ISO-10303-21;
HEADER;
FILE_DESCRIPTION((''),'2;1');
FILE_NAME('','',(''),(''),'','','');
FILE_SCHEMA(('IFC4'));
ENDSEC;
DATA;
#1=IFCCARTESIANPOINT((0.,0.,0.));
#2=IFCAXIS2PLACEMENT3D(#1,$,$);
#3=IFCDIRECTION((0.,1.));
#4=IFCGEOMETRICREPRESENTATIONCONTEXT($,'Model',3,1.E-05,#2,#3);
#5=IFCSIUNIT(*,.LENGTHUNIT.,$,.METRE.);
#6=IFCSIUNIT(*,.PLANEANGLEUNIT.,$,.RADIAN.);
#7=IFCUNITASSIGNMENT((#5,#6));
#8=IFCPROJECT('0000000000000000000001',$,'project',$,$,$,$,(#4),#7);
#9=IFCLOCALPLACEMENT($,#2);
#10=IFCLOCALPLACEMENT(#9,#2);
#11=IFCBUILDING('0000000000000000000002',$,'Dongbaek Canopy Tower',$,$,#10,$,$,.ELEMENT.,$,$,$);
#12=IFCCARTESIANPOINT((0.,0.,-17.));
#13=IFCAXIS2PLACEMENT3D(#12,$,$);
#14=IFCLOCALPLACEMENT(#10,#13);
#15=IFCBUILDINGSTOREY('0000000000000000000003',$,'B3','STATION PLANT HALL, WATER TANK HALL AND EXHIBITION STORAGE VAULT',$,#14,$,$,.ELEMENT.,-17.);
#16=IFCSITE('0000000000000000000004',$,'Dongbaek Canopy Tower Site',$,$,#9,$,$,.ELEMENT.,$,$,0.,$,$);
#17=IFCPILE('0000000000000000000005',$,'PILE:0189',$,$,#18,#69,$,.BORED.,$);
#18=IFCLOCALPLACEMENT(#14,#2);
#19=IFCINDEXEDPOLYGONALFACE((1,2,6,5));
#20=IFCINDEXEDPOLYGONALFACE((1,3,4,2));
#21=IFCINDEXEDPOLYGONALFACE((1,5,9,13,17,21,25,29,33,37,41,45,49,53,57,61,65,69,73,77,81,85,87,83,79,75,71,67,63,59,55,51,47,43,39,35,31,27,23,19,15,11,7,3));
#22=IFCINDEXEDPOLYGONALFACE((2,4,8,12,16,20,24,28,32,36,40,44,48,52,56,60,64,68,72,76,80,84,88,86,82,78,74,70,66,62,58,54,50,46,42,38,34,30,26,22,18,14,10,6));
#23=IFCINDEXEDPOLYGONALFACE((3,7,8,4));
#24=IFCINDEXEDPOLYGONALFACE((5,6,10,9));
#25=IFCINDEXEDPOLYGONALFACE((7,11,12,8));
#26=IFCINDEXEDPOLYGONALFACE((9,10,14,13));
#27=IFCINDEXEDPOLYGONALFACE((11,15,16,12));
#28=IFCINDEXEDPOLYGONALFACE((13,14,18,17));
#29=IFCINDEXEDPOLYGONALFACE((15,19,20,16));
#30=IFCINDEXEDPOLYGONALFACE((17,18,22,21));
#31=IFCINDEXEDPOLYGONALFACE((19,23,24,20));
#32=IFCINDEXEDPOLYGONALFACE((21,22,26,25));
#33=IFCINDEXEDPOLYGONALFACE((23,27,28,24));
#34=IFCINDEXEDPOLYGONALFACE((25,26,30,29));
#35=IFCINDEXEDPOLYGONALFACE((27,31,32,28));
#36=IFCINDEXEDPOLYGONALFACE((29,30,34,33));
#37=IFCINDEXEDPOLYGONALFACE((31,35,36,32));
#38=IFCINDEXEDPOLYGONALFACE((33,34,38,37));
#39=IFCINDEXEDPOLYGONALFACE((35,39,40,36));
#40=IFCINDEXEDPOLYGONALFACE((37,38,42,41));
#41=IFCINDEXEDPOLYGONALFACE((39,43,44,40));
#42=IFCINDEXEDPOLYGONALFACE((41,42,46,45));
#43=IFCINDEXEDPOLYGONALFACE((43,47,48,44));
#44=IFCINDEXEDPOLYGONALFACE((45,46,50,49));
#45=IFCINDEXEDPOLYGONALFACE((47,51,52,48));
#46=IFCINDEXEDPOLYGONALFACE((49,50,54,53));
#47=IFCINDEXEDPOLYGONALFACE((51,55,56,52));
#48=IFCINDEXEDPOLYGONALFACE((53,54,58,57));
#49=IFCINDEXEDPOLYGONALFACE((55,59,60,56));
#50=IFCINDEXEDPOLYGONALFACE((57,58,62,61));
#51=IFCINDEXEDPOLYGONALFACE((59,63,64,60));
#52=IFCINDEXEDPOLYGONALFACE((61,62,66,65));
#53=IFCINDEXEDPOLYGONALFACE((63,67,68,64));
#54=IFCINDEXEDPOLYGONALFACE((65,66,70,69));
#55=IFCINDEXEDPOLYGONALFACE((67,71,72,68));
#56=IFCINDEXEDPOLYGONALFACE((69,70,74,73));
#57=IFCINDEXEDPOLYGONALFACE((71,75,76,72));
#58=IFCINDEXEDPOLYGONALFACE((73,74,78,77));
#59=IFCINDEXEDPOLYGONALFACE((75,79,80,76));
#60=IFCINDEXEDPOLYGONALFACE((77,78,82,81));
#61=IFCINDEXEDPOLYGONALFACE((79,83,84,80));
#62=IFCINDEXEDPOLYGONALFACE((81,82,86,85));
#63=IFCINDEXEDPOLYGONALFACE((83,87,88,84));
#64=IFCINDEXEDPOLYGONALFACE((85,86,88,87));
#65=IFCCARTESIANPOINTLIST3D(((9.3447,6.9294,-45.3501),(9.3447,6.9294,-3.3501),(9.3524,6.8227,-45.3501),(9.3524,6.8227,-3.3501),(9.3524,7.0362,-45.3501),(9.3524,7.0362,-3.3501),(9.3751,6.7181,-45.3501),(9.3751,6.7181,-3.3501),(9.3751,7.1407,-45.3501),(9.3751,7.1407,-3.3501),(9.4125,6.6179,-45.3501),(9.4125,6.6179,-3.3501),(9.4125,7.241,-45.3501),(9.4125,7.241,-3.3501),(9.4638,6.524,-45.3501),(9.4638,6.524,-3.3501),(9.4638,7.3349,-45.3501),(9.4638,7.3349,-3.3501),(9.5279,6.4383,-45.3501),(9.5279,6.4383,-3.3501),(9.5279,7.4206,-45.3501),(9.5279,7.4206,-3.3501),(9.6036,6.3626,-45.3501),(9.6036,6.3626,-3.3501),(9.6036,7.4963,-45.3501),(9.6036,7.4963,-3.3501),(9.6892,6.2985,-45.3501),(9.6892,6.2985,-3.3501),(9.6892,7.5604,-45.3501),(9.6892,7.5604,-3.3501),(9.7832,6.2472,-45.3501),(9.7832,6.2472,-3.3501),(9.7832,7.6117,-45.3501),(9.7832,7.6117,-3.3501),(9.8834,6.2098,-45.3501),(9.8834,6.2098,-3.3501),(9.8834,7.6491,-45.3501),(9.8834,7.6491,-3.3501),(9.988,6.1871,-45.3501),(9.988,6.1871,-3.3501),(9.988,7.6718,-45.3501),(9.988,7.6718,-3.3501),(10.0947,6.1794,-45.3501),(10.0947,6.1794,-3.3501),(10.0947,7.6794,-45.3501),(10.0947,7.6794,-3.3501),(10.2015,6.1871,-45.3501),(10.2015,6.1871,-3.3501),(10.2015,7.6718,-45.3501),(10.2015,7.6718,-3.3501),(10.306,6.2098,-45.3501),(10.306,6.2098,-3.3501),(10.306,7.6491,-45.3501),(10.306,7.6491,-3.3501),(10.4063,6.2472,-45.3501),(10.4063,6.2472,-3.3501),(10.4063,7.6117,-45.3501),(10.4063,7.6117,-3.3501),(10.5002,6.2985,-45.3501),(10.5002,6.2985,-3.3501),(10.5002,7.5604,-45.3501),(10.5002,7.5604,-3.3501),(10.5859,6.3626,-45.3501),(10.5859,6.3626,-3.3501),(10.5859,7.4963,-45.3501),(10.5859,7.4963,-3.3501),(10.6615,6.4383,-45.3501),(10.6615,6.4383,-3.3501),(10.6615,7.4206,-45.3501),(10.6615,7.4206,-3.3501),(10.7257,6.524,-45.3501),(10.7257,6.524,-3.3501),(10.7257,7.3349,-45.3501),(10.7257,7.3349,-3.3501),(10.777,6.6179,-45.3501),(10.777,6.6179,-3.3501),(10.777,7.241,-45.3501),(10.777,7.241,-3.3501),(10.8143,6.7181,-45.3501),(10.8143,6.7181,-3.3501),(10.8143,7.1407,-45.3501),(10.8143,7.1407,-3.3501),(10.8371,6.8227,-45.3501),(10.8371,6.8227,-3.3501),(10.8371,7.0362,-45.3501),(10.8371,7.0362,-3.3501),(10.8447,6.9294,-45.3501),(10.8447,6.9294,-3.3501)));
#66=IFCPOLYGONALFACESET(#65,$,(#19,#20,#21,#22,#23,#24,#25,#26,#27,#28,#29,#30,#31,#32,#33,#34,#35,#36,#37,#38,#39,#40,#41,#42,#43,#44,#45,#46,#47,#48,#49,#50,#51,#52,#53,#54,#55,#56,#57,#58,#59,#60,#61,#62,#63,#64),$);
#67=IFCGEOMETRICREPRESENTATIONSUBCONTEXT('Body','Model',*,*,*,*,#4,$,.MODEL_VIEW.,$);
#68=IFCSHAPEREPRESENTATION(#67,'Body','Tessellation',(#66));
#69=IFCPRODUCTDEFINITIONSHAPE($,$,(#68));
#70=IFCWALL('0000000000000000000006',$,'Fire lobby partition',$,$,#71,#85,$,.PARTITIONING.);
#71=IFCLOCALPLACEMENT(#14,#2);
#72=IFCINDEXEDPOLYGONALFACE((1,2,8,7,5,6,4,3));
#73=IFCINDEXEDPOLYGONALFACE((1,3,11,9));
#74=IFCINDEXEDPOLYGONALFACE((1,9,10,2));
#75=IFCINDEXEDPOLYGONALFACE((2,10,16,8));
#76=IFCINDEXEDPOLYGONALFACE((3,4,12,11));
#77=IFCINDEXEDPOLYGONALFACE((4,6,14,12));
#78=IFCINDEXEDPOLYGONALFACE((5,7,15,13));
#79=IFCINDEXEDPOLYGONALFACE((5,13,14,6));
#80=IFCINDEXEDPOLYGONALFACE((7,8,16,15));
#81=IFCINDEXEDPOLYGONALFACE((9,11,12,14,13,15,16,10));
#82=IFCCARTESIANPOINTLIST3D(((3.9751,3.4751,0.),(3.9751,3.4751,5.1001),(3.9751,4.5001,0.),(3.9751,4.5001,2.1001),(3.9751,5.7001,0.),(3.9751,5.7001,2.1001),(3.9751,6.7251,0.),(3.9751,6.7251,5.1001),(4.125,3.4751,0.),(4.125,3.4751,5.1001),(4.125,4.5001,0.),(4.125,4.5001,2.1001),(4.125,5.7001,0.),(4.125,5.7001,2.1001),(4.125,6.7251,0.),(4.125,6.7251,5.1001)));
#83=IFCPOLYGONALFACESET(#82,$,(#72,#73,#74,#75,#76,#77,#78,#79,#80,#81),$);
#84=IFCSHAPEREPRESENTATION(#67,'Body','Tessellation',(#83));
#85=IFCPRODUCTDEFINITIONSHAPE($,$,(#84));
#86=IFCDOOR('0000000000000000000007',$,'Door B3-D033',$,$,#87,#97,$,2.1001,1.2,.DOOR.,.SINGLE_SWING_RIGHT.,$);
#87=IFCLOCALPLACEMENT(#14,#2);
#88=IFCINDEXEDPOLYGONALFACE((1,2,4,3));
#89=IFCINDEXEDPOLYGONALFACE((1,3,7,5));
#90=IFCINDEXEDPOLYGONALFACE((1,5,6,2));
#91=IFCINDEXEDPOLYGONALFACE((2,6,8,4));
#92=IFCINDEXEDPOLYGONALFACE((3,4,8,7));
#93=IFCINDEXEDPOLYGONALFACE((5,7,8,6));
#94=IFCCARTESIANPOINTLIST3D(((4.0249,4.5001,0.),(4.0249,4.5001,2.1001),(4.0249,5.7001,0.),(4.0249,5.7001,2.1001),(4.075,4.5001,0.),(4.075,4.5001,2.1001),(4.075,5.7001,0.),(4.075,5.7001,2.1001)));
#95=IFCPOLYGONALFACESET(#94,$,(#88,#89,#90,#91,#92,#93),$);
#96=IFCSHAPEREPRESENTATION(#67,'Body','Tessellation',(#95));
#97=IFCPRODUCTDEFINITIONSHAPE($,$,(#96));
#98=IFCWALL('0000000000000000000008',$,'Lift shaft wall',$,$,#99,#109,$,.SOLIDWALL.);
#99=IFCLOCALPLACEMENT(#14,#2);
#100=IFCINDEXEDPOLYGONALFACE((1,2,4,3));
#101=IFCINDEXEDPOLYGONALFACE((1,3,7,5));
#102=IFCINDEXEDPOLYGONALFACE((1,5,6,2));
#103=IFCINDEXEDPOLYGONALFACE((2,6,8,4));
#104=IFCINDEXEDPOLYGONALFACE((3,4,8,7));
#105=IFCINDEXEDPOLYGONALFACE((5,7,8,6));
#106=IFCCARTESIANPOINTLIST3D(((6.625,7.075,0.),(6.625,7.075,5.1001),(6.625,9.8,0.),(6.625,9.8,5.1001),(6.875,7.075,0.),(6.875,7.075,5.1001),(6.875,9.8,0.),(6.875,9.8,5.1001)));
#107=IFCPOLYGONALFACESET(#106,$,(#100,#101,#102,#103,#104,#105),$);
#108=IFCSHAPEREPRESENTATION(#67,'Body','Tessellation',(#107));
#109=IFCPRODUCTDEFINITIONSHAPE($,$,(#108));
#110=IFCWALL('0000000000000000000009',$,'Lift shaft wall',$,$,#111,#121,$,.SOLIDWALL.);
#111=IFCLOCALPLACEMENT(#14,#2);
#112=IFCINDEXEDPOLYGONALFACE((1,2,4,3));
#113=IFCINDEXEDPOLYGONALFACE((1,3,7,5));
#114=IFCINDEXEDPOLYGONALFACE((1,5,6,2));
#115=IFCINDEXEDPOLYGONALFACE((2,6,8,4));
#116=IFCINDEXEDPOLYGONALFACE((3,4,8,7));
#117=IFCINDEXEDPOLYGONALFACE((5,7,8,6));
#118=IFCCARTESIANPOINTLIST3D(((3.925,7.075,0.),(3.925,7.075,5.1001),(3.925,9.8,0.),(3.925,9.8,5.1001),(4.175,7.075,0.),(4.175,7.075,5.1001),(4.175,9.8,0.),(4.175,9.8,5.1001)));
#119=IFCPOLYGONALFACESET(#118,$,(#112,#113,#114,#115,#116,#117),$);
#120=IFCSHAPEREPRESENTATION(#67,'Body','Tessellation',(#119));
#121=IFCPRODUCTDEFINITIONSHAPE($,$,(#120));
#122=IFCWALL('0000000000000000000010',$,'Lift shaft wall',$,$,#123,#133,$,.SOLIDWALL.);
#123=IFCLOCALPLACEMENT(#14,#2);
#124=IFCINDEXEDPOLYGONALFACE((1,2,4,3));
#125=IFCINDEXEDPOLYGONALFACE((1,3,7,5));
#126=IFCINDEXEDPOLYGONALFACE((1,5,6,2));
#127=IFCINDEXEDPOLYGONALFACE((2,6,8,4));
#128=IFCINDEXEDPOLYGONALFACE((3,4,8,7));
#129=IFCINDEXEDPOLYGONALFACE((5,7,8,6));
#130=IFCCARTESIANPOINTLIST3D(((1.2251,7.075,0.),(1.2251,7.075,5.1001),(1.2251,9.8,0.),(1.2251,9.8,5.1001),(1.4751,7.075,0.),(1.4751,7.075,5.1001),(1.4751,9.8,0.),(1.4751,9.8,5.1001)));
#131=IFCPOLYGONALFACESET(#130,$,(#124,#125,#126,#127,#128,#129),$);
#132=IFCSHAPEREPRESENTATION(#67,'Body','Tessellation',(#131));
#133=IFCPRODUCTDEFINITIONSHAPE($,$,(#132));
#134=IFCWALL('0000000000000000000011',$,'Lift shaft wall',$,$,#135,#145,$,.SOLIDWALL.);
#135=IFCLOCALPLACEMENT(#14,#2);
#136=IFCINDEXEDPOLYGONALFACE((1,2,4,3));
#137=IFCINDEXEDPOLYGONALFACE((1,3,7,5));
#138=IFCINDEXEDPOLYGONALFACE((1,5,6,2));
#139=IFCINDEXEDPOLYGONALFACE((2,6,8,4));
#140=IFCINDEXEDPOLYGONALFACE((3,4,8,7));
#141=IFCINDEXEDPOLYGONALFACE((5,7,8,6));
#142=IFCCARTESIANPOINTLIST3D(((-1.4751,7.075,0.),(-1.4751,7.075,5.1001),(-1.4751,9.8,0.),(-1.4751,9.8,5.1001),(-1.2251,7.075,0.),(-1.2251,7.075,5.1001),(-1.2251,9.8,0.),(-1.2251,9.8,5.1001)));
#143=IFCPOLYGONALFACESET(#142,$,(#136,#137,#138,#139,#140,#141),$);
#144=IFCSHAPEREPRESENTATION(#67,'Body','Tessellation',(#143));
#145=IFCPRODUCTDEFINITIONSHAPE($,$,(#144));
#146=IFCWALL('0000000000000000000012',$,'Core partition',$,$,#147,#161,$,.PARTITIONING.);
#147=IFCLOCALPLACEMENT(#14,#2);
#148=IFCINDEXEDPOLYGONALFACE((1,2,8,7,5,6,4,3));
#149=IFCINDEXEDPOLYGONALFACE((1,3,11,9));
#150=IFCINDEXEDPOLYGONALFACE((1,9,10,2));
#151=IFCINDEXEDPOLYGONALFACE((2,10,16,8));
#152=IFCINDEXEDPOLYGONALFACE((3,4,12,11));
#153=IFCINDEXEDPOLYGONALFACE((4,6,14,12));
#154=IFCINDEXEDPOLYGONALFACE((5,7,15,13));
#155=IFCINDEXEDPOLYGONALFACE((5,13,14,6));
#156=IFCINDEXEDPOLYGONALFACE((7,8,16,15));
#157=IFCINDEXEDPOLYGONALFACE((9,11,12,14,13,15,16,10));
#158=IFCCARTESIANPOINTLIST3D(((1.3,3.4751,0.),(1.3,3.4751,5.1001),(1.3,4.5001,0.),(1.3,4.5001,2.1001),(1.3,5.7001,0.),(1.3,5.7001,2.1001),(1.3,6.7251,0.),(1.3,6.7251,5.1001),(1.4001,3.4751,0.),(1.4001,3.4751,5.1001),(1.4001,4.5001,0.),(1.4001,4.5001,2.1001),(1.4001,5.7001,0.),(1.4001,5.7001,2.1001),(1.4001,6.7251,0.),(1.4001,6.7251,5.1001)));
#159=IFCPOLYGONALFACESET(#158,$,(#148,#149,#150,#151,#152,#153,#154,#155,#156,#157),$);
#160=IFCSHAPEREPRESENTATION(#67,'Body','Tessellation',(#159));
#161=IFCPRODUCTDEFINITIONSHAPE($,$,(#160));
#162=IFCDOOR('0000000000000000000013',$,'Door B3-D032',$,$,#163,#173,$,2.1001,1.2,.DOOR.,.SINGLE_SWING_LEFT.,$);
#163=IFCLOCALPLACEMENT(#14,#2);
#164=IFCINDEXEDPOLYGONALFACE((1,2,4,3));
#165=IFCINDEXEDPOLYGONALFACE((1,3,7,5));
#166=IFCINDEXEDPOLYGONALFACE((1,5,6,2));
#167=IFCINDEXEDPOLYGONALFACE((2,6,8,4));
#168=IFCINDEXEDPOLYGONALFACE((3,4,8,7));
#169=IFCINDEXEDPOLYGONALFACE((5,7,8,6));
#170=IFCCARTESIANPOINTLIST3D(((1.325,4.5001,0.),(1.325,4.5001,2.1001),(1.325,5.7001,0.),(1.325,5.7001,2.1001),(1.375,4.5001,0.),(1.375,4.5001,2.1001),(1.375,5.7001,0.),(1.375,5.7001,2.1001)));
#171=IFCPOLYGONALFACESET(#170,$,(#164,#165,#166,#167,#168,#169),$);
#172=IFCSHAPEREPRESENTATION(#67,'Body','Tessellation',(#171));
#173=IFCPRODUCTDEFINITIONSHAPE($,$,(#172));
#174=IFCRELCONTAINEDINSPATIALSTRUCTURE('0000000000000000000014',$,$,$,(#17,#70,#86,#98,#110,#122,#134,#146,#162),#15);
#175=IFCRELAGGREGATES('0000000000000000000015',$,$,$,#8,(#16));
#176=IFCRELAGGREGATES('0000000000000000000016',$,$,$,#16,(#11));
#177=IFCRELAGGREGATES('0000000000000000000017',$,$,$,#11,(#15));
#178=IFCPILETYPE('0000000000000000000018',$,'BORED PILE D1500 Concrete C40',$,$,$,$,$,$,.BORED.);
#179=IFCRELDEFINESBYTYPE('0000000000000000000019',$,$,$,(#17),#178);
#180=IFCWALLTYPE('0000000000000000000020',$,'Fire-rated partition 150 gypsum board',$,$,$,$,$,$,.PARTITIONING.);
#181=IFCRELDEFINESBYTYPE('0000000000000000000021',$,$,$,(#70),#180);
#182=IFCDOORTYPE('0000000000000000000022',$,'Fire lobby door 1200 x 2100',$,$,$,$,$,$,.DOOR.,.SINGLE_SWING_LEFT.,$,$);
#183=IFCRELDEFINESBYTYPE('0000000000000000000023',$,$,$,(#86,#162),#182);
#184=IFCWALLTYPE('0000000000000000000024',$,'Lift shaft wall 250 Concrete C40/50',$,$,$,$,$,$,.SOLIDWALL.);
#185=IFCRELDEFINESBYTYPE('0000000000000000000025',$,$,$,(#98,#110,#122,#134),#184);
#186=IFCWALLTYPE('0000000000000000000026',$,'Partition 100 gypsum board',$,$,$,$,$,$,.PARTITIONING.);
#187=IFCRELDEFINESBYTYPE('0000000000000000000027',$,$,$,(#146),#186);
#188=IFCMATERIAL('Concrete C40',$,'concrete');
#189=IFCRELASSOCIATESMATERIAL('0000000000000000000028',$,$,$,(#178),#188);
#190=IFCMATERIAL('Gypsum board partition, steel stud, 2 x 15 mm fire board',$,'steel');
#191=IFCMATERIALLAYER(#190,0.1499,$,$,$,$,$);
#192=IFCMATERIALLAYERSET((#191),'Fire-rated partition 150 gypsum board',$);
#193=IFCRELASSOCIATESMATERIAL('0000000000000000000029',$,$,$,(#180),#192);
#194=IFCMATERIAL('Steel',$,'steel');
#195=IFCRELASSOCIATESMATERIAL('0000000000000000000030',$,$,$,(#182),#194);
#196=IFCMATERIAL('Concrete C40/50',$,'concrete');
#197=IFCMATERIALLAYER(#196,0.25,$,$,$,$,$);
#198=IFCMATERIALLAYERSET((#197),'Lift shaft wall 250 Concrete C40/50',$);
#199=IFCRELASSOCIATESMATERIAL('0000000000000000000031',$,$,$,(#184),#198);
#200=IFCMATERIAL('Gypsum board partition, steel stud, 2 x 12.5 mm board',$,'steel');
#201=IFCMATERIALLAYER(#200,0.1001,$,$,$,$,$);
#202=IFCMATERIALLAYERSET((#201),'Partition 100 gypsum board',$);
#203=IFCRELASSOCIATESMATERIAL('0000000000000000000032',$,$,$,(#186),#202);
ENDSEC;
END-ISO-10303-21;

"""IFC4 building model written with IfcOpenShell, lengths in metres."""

from ifc_helpers import new_model, si_unit, direction, frame, frame_2d, origin, origin_2d, place, context, subcontext, project, spatial, rectangle, circle, extrude, material, layer, layer_set, material_profile, profile_set, type_object, element, fill, save


model = new_model("IFC4")

# Units and contexts
model_context = context("Model", 3, precision=1e-05, world=origin(), true_north=direction((0.0, 1.0)))
body_context = subcontext(model_context, "Body", "Model", "MODEL_VIEW")
ifc_project = project(units=[si_unit("LENGTHUNIT", "METRE"), si_unit("PLANEANGLEUNIT", "RADIAN")], contexts=[model_context])

# Site, building, storey
site_placement = place(None, origin())
site = spatial("IfcSite", under=ifc_project, at=site_placement, Name="Dongbaek Canopy Tower Site", CompositionType="ELEMENT", RefElevation=0.0)
building_placement = place(site_placement, origin())
building = spatial("IfcBuilding", under=site, at=building_placement, Name="Dongbaek Canopy Tower", CompositionType="ELEMENT")
storey_placement = place(building_placement, frame((0.0, 0.0, -17.0)))
storey = spatial("IfcBuildingStorey", under=building, at=storey_placement, Name="B3", Description="STATION PLANT HALL, WATER TANK HALL AND EXHIBITION STORAGE VAULT", CompositionType="ELEMENT", Elevation=-17.0)

# Pile
ifc_material_1 = material(Name="Concrete C40", Category="concrete")
ifc_material_profile = material_profile(ifc_material_1, circle(Radius=0.75, at=origin_2d()), Name="BORED PILE D1500 Concrete C40")
ifc_profile_set = profile_set([ifc_material_profile], Name="Concrete C40")
pile_type = type_object("IfcPileType", Name="BORED PILE D1500 Concrete C40", PredefinedType="BORED", material=ifc_profile_set)
for number, where, z_axis, x_axis, name in (
    (1, (10.0947, 6.9294, -3.3501), (0.0, 0.0, -1.0), (1.0, 0.0, 0.0), "PILE:0189"),
):
    element("IfcPile", number, at=place(storey_placement, frame(where, z_axis=z_axis, x_axis=x_axis)), inside=storey, type_object=pile_type, Name=name, PredefinedType="BORED", context=body_context, shape_type="SweptSolid", body=[
        extrude(circle(Radius=0.75, at=origin_2d()), origin(), (0.0, 0.0, 1.0), 42.0),
    ])

# Wall, opening, door
ifc_material_2 = material(Name="Gypsum board partition, steel stud, 2 x 15 mm fire board", Category="steel")
ifc_layer_1 = layer(ifc_material_2, 0.1499)
ifc_layer_set_1 = layer_set([ifc_layer_1], Name="Fire-rated partition 150 gypsum board")
wall_type_1 = type_object("IfcWallType", Name="Fire-rated partition 150 gypsum board", PredefinedType="PARTITIONING", material=ifc_layer_set_1)
wall_1_placement = place(storey_placement, frame((4.05, 6.7251, 0.0), z_axis=(0.0, 0.0, 1.0), x_axis=(0.0, -1.0, 0.0)))
wall_1 = element("IfcWall", 2, at=wall_1_placement, inside=storey, type_object=wall_type_1, Name="Fire lobby partition", PredefinedType="PARTITIONING", context=body_context, shape_type="SweptSolid", body=[
    extrude(rectangle(XDim=3.25, YDim=0.1499, at=frame_2d((1.625, 0.0))), origin(), (0.0, 0.0, 1.0), 5.1001),
])
opening_1_placement = place(wall_1_placement, frame((1.0249, 0.0, 0.0)))
opening_1 = element("IfcOpeningElement", 3, at=opening_1_placement, cuts=wall_1, PredefinedType="OPENING", context=body_context, shape_type="SweptSolid", body=[
    extrude(rectangle(XDim=1.2, YDim=2.1001, at=frame_2d((0.6001, 1.05))), frame((0.0, 0.085, 0.0), z_axis=(0.0, -1.0, 0.0), x_axis=(1.0, 0.0, 0.0)), (0.0, 0.0, 1.0), 0.1699),
])
ifc_material_3 = material(Name="Steel", Category="steel")
door_type_1 = type_object("IfcDoorType", Name="Fire lobby door 1200 x 2100", OperationType="SINGLE_SWING_LEFT", PredefinedType="DOOR", material=ifc_material_3)
door_1_placement = place(opening_1_placement, origin())
door_1 = element("IfcDoor", 4, at=door_1_placement, inside=storey, type_object=door_type_1, Name="Door B3-D033", OperationType="SINGLE_SWING_RIGHT", OverallHeight=2.1001, OverallWidth=1.2, PredefinedType="DOOR", context=body_context, shape_type="SweptSolid", body=[
    extrude(rectangle(XDim=1.2, YDim=2.1001, at=frame_2d((0.6001, 1.05))), frame((0.0, 0.0249, 0.0), z_axis=(0.0, -1.0, 0.0), x_axis=(1.0, 0.0, 0.0)), (0.0, 0.0, 1.0), 0.05),
])
fill(opening_1, door_1)

# Walls
ifc_material_4 = material(Name="Concrete C40/50", Category="concrete")
ifc_layer_2 = layer(ifc_material_4, 0.25)
ifc_layer_set_2 = layer_set([ifc_layer_2], Name="Lift shaft wall 250 Concrete C40/50")
wall_type_2 = type_object("IfcWallType", Name="Lift shaft wall 250 Concrete C40/50", PredefinedType="SOLIDWALL", material=ifc_layer_set_2)
for number, where, z_axis, x_axis, name in (
    (5, (6.75, 7.075, 0.0), (0.0, 0.0, 1.0), (0.0, 1.0, 0.0), "Lift shaft wall"),
    (6, (4.05, 7.075, 0.0), (0.0, 0.0, 1.0), (0.0, 1.0, 0.0), "Lift shaft wall"),
    (7, (1.3501, 7.075, 0.0), (0.0, 0.0, 1.0), (0.0, 1.0, 0.0), "Lift shaft wall"),
    (8, (-1.3501, 7.075, 0.0), (0.0, 0.0, 1.0), (0.0, 1.0, 0.0), "Lift shaft wall"),
):
    element("IfcWall", number, at=place(storey_placement, frame(where, z_axis=z_axis, x_axis=x_axis)), inside=storey, type_object=wall_type_2, Name=name, PredefinedType="SOLIDWALL", context=body_context, shape_type="SweptSolid", body=[
        extrude(rectangle(XDim=2.7251, YDim=0.25, at=frame_2d((1.3625, 0.0))), origin(), (0.0, 0.0, 1.0), 5.1001),
    ])

# Wall, opening, door
ifc_material_5 = material(Name="Gypsum board partition, steel stud, 2 x 12.5 mm board", Category="steel")
ifc_layer_3 = layer(ifc_material_5, 0.1001)
ifc_layer_set_3 = layer_set([ifc_layer_3], Name="Partition 100 gypsum board")
wall_type_3 = type_object("IfcWallType", Name="Partition 100 gypsum board", PredefinedType="PARTITIONING", material=ifc_layer_set_3)
wall_2_placement = place(storey_placement, frame((1.3501, 6.7251, 0.0), z_axis=(0.0, 0.0, 1.0), x_axis=(0.0, -1.0, 0.0)))
wall_2 = element("IfcWall", 9, at=wall_2_placement, inside=storey, type_object=wall_type_3, Name="Core partition", PredefinedType="PARTITIONING", context=body_context, shape_type="SweptSolid", body=[
    extrude(rectangle(XDim=3.25, YDim=0.1001, at=frame_2d((1.625, 0.0))), origin(), (0.0, 0.0, 1.0), 5.1001),
])
opening_2_placement = place(wall_2_placement, frame((1.0249, 0.0, 0.0)))
opening_2 = element("IfcOpeningElement", 10, at=opening_2_placement, cuts=wall_2, PredefinedType="OPENING", context=body_context, shape_type="SweptSolid", body=[
    extrude(rectangle(XDim=1.2, YDim=2.1001, at=frame_2d((0.6001, 1.05))), frame((0.0, 0.0601, 0.0), z_axis=(0.0, -1.0, 0.0), x_axis=(1.0, 0.0, 0.0)), (0.0, 0.0, 1.0), 0.1201),
])
door_2_placement = place(opening_2_placement, origin())
door_2 = element("IfcDoor", 11, at=door_2_placement, inside=storey, type_object=door_type_1, Name="Door B3-D032", OperationType="SINGLE_SWING_LEFT", OverallHeight=2.1001, OverallWidth=1.2, PredefinedType="DOOR", context=body_context, shape_type="SweptSolid", body=[
    extrude(rectangle(XDim=1.2, YDim=2.1001, at=frame_2d((0.6001, 1.05))), frame((0.0, 0.0249, 0.0), z_axis=(0.0, -1.0, 0.0), x_axis=(1.0, 0.0, 0.0)), (0.0, 0.0, 1.0), 0.05),
])
fill(opening_2, door_2)

save(model, "model.ifc")
